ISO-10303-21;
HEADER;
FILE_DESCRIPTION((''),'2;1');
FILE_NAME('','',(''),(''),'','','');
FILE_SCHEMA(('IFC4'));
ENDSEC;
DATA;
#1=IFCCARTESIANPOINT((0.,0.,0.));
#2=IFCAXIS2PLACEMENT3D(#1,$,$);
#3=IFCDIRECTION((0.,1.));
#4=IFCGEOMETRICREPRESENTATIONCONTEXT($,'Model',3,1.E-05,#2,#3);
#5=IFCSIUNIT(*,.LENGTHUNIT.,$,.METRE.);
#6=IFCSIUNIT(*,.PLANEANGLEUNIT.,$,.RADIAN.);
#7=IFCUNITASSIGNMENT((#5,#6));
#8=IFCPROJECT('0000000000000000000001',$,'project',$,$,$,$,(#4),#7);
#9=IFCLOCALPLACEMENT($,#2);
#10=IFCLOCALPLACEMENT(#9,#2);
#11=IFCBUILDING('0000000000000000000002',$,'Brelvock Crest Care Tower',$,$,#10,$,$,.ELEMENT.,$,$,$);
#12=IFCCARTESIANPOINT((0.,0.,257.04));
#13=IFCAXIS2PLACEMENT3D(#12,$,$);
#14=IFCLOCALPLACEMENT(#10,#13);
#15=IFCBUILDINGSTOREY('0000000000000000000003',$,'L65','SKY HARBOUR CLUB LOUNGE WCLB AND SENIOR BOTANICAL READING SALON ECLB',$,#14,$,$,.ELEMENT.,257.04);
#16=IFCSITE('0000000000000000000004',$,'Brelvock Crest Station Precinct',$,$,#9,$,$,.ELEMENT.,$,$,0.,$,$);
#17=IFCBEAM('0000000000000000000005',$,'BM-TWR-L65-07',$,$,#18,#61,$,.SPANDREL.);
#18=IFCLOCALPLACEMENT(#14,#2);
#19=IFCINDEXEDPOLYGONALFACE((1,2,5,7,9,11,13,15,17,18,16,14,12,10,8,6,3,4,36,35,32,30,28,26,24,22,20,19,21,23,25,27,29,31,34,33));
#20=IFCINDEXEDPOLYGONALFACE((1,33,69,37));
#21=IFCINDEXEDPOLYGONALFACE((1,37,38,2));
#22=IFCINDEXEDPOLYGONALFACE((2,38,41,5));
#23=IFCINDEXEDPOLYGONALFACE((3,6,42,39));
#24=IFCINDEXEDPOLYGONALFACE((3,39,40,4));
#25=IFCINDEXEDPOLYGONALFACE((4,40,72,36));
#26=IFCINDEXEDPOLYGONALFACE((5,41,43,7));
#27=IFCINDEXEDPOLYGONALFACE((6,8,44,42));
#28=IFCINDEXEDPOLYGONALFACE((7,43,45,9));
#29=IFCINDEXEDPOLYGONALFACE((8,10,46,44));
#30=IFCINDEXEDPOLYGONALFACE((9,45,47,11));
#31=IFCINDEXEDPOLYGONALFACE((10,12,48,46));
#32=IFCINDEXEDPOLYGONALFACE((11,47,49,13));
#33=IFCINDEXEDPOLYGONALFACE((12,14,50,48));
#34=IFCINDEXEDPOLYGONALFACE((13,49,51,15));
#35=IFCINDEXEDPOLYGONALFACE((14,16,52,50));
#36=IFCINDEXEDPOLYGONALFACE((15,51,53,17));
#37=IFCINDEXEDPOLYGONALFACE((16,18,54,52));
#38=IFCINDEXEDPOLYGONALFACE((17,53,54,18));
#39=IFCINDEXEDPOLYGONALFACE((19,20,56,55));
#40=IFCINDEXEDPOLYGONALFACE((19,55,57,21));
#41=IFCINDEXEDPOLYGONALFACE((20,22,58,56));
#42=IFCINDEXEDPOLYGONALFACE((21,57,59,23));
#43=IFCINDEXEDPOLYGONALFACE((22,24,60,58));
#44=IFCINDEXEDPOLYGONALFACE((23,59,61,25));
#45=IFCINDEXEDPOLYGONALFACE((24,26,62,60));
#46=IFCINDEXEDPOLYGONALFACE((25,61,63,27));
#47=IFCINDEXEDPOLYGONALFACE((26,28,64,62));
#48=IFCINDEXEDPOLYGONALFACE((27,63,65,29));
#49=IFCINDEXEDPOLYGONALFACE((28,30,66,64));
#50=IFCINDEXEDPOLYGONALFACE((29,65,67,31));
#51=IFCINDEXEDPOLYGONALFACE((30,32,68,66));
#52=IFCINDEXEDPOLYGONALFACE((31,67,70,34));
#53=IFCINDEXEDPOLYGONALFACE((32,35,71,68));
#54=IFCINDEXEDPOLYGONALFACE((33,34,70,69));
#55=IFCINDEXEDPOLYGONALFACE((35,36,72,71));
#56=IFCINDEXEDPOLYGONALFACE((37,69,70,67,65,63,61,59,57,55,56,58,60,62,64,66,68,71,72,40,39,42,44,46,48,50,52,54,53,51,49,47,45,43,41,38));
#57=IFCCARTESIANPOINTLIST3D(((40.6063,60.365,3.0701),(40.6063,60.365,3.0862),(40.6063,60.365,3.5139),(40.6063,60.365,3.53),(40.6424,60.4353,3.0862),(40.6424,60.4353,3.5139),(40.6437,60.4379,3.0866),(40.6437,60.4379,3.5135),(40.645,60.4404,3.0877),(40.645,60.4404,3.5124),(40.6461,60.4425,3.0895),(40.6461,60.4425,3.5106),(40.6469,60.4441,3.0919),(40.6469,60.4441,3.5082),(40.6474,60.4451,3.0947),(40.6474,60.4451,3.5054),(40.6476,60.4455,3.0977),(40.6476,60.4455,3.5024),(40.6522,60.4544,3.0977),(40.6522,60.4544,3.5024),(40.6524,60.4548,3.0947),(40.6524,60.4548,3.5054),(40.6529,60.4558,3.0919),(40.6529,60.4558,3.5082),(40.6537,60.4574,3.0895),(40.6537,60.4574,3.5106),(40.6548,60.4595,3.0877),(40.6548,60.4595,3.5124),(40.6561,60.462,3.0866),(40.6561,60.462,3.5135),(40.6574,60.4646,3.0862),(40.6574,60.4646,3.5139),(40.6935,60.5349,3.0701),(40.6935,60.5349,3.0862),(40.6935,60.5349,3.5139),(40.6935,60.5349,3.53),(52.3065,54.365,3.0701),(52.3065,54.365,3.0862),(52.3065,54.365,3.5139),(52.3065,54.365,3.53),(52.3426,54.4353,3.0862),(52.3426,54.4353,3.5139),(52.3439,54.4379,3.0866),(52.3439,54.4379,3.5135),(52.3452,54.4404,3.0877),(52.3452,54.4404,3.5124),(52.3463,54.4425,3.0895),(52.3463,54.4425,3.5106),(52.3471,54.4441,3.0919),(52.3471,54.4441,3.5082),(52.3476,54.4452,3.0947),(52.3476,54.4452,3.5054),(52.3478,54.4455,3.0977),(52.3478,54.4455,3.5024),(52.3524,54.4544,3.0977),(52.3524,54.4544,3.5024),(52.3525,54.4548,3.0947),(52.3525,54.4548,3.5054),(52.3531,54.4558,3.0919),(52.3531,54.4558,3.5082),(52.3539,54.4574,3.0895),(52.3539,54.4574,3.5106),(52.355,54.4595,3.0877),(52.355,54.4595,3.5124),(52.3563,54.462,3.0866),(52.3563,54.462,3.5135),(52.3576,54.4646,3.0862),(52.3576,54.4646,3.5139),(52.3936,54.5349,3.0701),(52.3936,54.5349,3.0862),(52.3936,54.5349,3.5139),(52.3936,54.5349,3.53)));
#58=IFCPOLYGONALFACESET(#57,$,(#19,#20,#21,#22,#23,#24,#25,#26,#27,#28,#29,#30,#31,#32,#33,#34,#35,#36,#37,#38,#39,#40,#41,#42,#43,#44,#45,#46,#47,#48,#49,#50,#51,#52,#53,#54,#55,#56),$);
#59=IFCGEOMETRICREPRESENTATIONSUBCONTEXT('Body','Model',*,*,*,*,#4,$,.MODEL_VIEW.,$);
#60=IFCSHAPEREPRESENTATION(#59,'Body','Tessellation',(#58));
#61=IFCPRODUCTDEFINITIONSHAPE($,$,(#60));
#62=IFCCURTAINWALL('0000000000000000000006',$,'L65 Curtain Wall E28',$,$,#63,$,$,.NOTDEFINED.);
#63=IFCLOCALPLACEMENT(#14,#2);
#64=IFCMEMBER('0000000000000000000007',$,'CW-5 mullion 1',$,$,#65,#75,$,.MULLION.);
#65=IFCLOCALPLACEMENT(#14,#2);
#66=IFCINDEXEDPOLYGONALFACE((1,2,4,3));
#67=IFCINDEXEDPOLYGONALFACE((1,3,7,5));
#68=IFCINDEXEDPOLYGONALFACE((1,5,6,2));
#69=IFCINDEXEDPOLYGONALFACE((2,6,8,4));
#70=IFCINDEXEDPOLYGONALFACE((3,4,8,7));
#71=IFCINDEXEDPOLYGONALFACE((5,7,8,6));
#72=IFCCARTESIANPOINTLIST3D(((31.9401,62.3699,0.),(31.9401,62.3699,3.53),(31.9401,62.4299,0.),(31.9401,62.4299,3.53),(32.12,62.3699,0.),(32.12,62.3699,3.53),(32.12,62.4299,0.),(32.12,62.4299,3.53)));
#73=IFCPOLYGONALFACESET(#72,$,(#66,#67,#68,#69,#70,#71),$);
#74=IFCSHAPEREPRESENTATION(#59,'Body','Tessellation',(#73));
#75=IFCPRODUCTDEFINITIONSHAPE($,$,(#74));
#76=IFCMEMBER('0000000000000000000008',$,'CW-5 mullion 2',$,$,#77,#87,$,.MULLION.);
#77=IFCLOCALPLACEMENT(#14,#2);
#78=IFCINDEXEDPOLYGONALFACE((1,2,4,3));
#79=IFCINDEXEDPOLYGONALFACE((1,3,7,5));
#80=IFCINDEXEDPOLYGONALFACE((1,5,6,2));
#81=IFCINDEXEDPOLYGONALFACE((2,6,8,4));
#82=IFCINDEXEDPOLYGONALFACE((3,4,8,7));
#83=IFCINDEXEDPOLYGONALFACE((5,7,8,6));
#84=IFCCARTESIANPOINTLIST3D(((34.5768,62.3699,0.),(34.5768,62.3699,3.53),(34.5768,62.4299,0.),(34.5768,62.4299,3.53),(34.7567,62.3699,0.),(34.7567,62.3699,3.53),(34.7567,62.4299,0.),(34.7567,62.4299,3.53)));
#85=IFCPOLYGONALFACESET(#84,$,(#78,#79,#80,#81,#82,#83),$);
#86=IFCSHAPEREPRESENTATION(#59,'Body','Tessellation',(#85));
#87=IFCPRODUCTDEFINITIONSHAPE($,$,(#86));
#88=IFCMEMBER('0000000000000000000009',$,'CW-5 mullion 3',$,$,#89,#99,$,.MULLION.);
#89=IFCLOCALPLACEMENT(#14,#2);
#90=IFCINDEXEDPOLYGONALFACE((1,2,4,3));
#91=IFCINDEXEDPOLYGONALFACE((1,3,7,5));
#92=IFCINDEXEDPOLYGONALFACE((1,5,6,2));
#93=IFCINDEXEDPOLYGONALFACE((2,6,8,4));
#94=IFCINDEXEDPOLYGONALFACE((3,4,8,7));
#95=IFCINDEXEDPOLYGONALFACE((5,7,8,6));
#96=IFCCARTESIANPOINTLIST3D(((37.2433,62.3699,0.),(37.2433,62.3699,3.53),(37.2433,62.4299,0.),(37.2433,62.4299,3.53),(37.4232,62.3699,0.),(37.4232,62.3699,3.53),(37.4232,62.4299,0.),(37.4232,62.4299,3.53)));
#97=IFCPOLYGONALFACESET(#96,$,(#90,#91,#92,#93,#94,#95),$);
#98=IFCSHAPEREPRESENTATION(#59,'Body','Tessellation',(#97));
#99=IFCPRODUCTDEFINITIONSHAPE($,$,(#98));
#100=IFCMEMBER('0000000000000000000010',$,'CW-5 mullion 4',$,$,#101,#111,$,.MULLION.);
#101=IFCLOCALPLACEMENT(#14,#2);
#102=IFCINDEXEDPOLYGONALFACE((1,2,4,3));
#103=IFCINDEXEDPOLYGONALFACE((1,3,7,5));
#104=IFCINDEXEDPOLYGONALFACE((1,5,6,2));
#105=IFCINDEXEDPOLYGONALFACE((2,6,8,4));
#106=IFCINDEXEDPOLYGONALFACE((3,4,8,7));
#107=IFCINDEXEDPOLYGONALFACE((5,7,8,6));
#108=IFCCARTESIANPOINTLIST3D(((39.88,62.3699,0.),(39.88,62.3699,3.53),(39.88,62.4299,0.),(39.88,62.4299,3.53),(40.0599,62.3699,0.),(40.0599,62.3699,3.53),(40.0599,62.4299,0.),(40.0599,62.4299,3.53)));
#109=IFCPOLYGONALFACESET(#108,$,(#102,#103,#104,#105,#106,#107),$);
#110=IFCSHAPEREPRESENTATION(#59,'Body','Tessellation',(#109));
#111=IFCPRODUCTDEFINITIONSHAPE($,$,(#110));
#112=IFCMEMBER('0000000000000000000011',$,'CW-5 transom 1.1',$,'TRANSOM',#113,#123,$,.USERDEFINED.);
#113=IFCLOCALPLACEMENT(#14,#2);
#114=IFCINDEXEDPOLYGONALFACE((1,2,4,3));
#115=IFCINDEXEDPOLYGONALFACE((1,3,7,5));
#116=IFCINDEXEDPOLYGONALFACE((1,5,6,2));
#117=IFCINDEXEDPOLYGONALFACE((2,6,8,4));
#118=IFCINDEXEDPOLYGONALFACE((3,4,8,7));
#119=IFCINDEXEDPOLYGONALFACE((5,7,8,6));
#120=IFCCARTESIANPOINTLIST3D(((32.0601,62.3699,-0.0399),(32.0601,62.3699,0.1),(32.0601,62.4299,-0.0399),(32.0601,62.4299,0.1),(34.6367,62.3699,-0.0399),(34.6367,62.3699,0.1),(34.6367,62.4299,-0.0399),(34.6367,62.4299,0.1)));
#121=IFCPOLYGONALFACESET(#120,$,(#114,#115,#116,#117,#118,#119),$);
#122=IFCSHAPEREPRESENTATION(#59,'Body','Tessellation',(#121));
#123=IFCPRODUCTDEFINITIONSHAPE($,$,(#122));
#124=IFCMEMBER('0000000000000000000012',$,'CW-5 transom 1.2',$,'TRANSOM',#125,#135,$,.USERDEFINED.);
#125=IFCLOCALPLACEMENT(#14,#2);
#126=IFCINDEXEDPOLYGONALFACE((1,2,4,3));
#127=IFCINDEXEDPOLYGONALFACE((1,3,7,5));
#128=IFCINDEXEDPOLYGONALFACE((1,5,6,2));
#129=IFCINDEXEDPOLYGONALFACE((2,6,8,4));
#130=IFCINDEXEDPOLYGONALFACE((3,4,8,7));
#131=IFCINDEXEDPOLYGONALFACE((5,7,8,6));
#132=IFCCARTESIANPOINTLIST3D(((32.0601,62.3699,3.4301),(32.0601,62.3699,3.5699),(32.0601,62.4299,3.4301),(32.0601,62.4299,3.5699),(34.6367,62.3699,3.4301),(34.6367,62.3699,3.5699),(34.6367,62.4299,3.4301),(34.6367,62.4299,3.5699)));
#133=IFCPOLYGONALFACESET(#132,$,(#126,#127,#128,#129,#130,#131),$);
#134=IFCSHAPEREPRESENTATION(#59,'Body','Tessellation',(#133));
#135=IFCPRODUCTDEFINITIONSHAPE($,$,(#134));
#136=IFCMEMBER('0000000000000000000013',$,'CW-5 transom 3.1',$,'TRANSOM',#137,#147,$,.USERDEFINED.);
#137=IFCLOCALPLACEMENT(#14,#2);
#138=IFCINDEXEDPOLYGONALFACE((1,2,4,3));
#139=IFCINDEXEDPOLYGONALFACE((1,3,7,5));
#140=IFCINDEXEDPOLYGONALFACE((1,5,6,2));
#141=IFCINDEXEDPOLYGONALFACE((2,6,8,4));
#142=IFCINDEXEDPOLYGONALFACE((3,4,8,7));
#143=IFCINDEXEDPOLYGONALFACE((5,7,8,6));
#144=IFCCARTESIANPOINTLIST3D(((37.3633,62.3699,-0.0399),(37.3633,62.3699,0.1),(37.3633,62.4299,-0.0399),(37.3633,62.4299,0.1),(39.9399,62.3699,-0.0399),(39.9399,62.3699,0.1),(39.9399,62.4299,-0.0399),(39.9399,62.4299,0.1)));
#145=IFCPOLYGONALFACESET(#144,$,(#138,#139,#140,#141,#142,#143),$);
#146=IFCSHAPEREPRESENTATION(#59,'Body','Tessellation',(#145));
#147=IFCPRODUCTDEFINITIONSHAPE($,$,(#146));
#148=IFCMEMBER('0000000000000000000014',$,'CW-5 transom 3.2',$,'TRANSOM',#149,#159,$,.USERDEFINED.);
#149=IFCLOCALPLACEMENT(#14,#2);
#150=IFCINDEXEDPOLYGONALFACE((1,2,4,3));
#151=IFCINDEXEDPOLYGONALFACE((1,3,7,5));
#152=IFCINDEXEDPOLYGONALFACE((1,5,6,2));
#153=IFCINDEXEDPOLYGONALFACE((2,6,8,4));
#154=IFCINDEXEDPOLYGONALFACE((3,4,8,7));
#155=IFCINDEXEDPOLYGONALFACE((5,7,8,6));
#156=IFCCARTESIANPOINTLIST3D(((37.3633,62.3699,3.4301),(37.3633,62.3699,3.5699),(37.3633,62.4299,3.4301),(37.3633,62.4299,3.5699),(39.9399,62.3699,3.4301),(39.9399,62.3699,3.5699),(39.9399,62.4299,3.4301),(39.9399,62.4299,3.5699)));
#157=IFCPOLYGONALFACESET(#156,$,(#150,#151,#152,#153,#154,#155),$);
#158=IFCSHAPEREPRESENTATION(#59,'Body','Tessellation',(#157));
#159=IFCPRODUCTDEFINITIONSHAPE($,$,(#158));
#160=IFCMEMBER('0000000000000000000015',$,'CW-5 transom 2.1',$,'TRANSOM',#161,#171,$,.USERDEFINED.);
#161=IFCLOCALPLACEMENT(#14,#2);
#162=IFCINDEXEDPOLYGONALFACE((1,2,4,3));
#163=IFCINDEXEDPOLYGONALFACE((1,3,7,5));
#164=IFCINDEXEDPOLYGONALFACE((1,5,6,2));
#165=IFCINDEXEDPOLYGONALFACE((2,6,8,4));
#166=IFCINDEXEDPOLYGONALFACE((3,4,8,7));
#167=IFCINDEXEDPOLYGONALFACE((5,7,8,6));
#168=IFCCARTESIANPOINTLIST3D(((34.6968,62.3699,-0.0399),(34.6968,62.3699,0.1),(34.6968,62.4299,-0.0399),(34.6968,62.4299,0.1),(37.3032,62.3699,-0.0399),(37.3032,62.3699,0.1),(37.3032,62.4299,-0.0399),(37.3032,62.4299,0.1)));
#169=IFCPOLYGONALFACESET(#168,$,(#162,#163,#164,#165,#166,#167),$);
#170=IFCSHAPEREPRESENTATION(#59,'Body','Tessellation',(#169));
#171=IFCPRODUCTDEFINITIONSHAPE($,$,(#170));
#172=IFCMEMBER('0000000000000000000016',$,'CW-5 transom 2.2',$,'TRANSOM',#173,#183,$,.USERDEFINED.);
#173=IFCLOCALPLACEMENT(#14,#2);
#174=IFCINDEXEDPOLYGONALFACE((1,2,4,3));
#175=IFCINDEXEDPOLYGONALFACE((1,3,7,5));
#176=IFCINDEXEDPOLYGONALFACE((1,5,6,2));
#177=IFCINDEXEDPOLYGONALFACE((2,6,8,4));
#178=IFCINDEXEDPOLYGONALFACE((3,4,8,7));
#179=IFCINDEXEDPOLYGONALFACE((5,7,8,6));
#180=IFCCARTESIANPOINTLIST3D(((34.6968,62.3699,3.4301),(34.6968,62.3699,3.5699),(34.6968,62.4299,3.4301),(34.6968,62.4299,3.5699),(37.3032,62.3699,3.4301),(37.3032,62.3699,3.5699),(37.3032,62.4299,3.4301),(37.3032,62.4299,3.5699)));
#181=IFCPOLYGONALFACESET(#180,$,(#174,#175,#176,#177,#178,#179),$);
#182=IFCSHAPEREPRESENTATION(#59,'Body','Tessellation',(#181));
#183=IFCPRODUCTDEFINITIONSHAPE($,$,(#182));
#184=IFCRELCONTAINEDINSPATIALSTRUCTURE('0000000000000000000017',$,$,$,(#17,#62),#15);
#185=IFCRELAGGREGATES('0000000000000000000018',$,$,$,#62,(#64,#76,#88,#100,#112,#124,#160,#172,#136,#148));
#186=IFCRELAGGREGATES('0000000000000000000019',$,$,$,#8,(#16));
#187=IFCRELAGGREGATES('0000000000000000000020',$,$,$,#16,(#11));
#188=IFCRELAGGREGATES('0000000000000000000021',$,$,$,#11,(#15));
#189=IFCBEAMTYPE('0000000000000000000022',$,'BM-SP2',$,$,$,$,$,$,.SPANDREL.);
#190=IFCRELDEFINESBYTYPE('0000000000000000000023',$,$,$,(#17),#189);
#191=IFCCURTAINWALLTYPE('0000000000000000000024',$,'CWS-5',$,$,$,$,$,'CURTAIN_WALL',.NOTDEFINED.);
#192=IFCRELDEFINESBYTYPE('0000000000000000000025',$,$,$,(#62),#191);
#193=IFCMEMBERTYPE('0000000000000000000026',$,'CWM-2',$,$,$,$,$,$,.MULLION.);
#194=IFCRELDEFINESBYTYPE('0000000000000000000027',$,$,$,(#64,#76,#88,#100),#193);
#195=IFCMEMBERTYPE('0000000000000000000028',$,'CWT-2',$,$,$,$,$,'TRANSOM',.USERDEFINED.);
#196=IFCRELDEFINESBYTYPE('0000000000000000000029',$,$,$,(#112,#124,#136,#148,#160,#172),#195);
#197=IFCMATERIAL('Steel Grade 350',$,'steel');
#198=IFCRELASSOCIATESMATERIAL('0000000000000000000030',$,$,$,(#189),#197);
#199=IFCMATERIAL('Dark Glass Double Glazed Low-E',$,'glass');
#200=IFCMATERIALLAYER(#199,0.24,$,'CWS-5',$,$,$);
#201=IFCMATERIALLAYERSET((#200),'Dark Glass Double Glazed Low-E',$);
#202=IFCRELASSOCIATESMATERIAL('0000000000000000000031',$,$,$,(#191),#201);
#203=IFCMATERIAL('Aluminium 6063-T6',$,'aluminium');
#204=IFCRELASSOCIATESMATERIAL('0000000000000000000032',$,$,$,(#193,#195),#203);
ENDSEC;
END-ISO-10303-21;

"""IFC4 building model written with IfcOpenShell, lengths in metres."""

from ifc_helpers import new_model, si_unit, direction, frame, origin, origin_2d, place, context, subcontext, project, spatial, rectangle, i_section, extrude, source, transform, mapped, material, layer, layer_set, material_profile, profile_set, type_object, element, aggregate, save


model = new_model("IFC4")

# Units and contexts
model_context = context("Model", 3, precision=1e-05, world=origin(), true_north=direction((0.0, 1.0)))
body_context = subcontext(model_context, "Body", "Model", "MODEL_VIEW")
ifc_project = project(units=[si_unit("LENGTHUNIT", "METRE"), si_unit("PLANEANGLEUNIT", "RADIAN")], contexts=[model_context])

# Site, building, storey
site_placement = place(None, origin())
site = spatial("IfcSite", under=ifc_project, at=site_placement, Name="Brelvock Crest Station Precinct", CompositionType="ELEMENT", RefElevation=0.0)
building_placement = place(site_placement, origin())
building = spatial("IfcBuilding", under=site, at=building_placement, Name="Brelvock Crest Care Tower", CompositionType="ELEMENT")
storey_placement = place(building_placement, frame((0.0, 0.0, 257.04)))
storey = spatial("IfcBuildingStorey", under=building, at=storey_placement, Name="L65", Description="SKY HARBOUR CLUB LOUNGE WCLB AND SENIOR BOTANICAL READING SALON ECLB", CompositionType="ELEMENT", Elevation=257.04)

# Shared definitions
ifc_material_1 = material(Name="Steel Grade 350", Category="steel")

# Beam
ifc_material_profile_1 = material_profile(ifc_material_1, i_section(OverallWidth=0.1909, OverallDepth=0.46, WebThickness=0.01, FlangeThickness=0.0161, FilletRadius=0.0115, at=origin_2d()), Name="460UB82.1")
ifc_profile_set_1 = profile_set([ifc_material_profile_1], Name="Steel Grade 350")
beam_type_1 = type_object("IfcBeamType", Name="BM-SP2", PredefinedType="SPANDREL", material=ifc_profile_set_1)
shared_shape_1 = source(origin(), body_context, "Body", "SweptSolid", [
    extrude(i_section(OverallWidth=0.1909, OverallDepth=0.46, WebThickness=0.01, FlangeThickness=0.0161, FilletRadius=0.0115, at=origin_2d()), origin(), (0.0, 0.0, 1.0), 13.1489),
])
beam_placement = place(storey_placement, frame((40.6499, 60.45, 3.3), z_axis=(0.889821, -0.456311, 0.0), x_axis=(0.456311, 0.889821, 0.0)))
element("IfcBeam", 1, at=beam_placement, inside=storey, type_object=beam_type_1, Name="BM-TWR-L65-07", PredefinedType="SPANDREL", context=body_context, shape_type="MappedRepresentation", body=[
    mapped(shared_shape_1, transform((0.0, 0.0, 0.0), x_axis=(1.0, 0.0, 0.0), y_axis=(0.0, 1.0, 0.0), z_axis=(0.0, 0.0, 1.0), scale=1.0)),
])

# Curtain wall, members
ifc_material_2 = material(Name="Dark Glass Double Glazed Low-E", Category="glass")
ifc_layer_1 = layer(ifc_material_2, 0.24, Name="CWS-5")
ifc_layer_set_1 = layer_set([ifc_layer_1], Name="Dark Glass Double Glazed Low-E")
curtain_wall_type = type_object("IfcCurtainWallType", Name="CWS-5", ElementType="CURTAIN_WALL", PredefinedType="NOTDEFINED", material=ifc_layer_set_1)
curtain_wall_placement = place(storey_placement, origin())
curtain_wall = element("IfcCurtainWall", 2, at=curtain_wall_placement, inside=storey, type_object=curtain_wall_type, Name="L65 Curtain Wall E28", PredefinedType="NOTDEFINED")
ifc_material_3 = material(Name="Aluminium 6063-T6", Category="aluminium")
ifc_material_profile_2 = material_profile(ifc_material_3, rectangle(XDim=0.0601, YDim=0.1799, at=origin_2d()), Name="ALU60x180")
ifc_profile_set_2 = profile_set([ifc_material_profile_2], Name="Aluminium 6063-T6")
member_type_1 = type_object("IfcMemberType", Name="CWM-2", PredefinedType="MULLION", material=ifc_profile_set_2)
shared_shape_2 = source(origin(), body_context, "Body", "SweptSolid", [
    extrude(rectangle(XDim=0.0601, YDim=0.1799, at=origin_2d()), origin(), (0.0, 0.0, 1.0), 3.53),
])
member_1_placement = place(storey_placement, frame((32.03, 62.3999, 0.0), z_axis=(0.0, 0.0, 1.0), x_axis=(0.0, 1.0, 0.0)))
member_1 = element("IfcMember", 3, at=member_1_placement, type_object=member_type_1, Name="CW-5 mullion 1", PredefinedType="MULLION", context=body_context, shape_type="MappedRepresentation", body=[
    mapped(shared_shape_2, transform((0.0, 0.0, 0.0), x_axis=(1.0, 0.0, 0.0), y_axis=(0.0, 1.0, 0.0), z_axis=(0.0, 0.0, 1.0), scale=1.0)),
])
member_2_placement = place(storey_placement, frame((34.6667, 62.3999, 0.0), z_axis=(0.0, 0.0, 1.0), x_axis=(0.0, 1.0, 0.0)))
member_2 = element("IfcMember", 4, at=member_2_placement, type_object=member_type_1, Name="CW-5 mullion 2", PredefinedType="MULLION", context=body_context, shape_type="MappedRepresentation", body=[
    mapped(shared_shape_2, transform((0.0, 0.0, 0.0), x_axis=(1.0, 0.0, 0.0), y_axis=(0.0, 1.0, 0.0), z_axis=(0.0, 0.0, 1.0), scale=1.0)),
])
member_3_placement = place(storey_placement, frame((37.3333, 62.3999, 0.0), z_axis=(0.0, 0.0, 1.0), x_axis=(0.0, 1.0, 0.0)))
member_3 = element("IfcMember", 5, at=member_3_placement, type_object=member_type_1, Name="CW-5 mullion 3", PredefinedType="MULLION", context=body_context, shape_type="MappedRepresentation", body=[
    mapped(shared_shape_2, transform((0.0, 0.0, 0.0), x_axis=(1.0, 0.0, 0.0), y_axis=(0.0, 1.0, 0.0), z_axis=(0.0, 0.0, 1.0), scale=1.0)),
])
member_4_placement = place(storey_placement, frame((39.97, 62.3999, 0.0), z_axis=(0.0, 0.0, 1.0), x_axis=(0.0, 1.0, 0.0)))
member_4 = element("IfcMember", 6, at=member_4_placement, type_object=member_type_1, Name="CW-5 mullion 4", PredefinedType="MULLION", context=body_context, shape_type="MappedRepresentation", body=[
    mapped(shared_shape_2, transform((0.0, 0.0, 0.0), x_axis=(1.0, 0.0, 0.0), y_axis=(0.0, 1.0, 0.0), z_axis=(0.0, 0.0, 1.0), scale=1.0)),
])
ifc_material_profile_3 = material_profile(ifc_material_3, rectangle(XDim=0.0601, YDim=0.1399, at=origin_2d()), Name="ALU60x140")
ifc_profile_set_3 = profile_set([ifc_material_profile_3], Name="Aluminium 6063-T6")
member_type_2 = type_object("IfcMemberType", Name="CWT-2", ElementType="TRANSOM", PredefinedType="USERDEFINED", material=ifc_profile_set_3)
shared_shape_3 = source(origin(), body_context, "Body", "SweptSolid", [
    extrude(rectangle(XDim=0.0601, YDim=0.1399, at=origin_2d()), origin(), (0.0, 0.0, 1.0), 2.5767),
])
member_5_placement = place(storey_placement, frame((32.0601, 62.3999, 0.03), z_axis=(1.0, 0.0, 0.0), x_axis=(0.0, 1.0, 0.0)))
member_5 = element("IfcMember", 7, at=member_5_placement, type_object=member_type_2, Name="CW-5 transom 1.1", ObjectType="TRANSOM", PredefinedType="USERDEFINED", context=body_context, shape_type="MappedRepresentation", body=[
    mapped(shared_shape_3, transform((0.0, 0.0, 0.0), x_axis=(1.0, 0.0, 0.0), y_axis=(0.0, 1.0, 0.0), z_axis=(0.0, 0.0, 1.0), scale=1.0)),
])
member_6_placement = place(storey_placement, frame((32.0601, 62.3999, 3.5), z_axis=(1.0, 0.0, 0.0), x_axis=(0.0, 1.0, 0.0)))
member_6 = element("IfcMember", 8, at=member_6_placement, type_object=member_type_2, Name="CW-5 transom 1.2", ObjectType="TRANSOM", PredefinedType="USERDEFINED", context=body_context, shape_type="MappedRepresentation", body=[
    mapped(shared_shape_3, transform((0.0, 0.0, 0.0), x_axis=(1.0, 0.0, 0.0), y_axis=(0.0, 1.0, 0.0), z_axis=(0.0, 0.0, 1.0), scale=1.0)),
])
member_7_placement = place(storey_placement, frame((37.3633, 62.3999, 0.03), z_axis=(1.0, 0.0, 0.0), x_axis=(0.0, 1.0, 0.0)))
member_7 = element("IfcMember", 9, at=member_7_placement, type_object=member_type_2, Name="CW-5 transom 3.1", ObjectType="TRANSOM", PredefinedType="USERDEFINED", context=body_context, shape_type="MappedRepresentation", body=[
    mapped(shared_shape_3, transform((0.0, 0.0, 0.0), x_axis=(1.0, 0.0, 0.0), y_axis=(0.0, 1.0, 0.0), z_axis=(0.0, 0.0, 1.0), scale=1.0)),
])
member_8_placement = place(storey_placement, frame((37.3633, 62.3999, 3.5), z_axis=(1.0, 0.0, 0.0), x_axis=(0.0, 1.0, 0.0)))
member_8 = element("IfcMember", 10, at=member_8_placement, type_object=member_type_2, Name="CW-5 transom 3.2", ObjectType="TRANSOM", PredefinedType="USERDEFINED", context=body_context, shape_type="MappedRepresentation", body=[
    mapped(shared_shape_3, transform((0.0, 0.0, 0.0), x_axis=(1.0, 0.0, 0.0), y_axis=(0.0, 1.0, 0.0), z_axis=(0.0, 0.0, 1.0), scale=1.0)),
])
shared_shape_4 = source(origin(), body_context, "Body", "SweptSolid", [
    extrude(rectangle(XDim=0.0601, YDim=0.1399, at=origin_2d()), origin(), (0.0, 0.0, 1.0), 2.6064),
])
member_9_placement = place(storey_placement, frame((34.6968, 62.3999, 0.03), z_axis=(1.0, 0.0, 0.0), x_axis=(0.0, 1.0, 0.0)))
member_9 = element("IfcMember", 11, at=member_9_placement, type_object=member_type_2, Name="CW-5 transom 2.1", ObjectType="TRANSOM", PredefinedType="USERDEFINED", context=body_context, shape_type="MappedRepresentation", body=[
    mapped(shared_shape_4, transform((0.0, 0.0, 0.0), x_axis=(1.0, 0.0, 0.0), y_axis=(0.0, 1.0, 0.0), z_axis=(0.0, 0.0, 1.0), scale=1.0)),
])
member_10_placement = place(storey_placement, frame((34.6968, 62.3999, 3.5), z_axis=(1.0, 0.0, 0.0), x_axis=(0.0, 1.0, 0.0)))
member_10 = element("IfcMember", 12, at=member_10_placement, type_object=member_type_2, Name="CW-5 transom 2.2", ObjectType="TRANSOM", PredefinedType="USERDEFINED", context=body_context, shape_type="MappedRepresentation", body=[
    mapped(shared_shape_4, transform((0.0, 0.0, 0.0), x_axis=(1.0, 0.0, 0.0), y_axis=(0.0, 1.0, 0.0), z_axis=(0.0, 0.0, 1.0), scale=1.0)),
])
aggregate(curtain_wall, [member_1, member_2, member_3, member_4, member_5, member_6, member_9, member_10, member_7, member_8])

save(model, "model.ifc")
